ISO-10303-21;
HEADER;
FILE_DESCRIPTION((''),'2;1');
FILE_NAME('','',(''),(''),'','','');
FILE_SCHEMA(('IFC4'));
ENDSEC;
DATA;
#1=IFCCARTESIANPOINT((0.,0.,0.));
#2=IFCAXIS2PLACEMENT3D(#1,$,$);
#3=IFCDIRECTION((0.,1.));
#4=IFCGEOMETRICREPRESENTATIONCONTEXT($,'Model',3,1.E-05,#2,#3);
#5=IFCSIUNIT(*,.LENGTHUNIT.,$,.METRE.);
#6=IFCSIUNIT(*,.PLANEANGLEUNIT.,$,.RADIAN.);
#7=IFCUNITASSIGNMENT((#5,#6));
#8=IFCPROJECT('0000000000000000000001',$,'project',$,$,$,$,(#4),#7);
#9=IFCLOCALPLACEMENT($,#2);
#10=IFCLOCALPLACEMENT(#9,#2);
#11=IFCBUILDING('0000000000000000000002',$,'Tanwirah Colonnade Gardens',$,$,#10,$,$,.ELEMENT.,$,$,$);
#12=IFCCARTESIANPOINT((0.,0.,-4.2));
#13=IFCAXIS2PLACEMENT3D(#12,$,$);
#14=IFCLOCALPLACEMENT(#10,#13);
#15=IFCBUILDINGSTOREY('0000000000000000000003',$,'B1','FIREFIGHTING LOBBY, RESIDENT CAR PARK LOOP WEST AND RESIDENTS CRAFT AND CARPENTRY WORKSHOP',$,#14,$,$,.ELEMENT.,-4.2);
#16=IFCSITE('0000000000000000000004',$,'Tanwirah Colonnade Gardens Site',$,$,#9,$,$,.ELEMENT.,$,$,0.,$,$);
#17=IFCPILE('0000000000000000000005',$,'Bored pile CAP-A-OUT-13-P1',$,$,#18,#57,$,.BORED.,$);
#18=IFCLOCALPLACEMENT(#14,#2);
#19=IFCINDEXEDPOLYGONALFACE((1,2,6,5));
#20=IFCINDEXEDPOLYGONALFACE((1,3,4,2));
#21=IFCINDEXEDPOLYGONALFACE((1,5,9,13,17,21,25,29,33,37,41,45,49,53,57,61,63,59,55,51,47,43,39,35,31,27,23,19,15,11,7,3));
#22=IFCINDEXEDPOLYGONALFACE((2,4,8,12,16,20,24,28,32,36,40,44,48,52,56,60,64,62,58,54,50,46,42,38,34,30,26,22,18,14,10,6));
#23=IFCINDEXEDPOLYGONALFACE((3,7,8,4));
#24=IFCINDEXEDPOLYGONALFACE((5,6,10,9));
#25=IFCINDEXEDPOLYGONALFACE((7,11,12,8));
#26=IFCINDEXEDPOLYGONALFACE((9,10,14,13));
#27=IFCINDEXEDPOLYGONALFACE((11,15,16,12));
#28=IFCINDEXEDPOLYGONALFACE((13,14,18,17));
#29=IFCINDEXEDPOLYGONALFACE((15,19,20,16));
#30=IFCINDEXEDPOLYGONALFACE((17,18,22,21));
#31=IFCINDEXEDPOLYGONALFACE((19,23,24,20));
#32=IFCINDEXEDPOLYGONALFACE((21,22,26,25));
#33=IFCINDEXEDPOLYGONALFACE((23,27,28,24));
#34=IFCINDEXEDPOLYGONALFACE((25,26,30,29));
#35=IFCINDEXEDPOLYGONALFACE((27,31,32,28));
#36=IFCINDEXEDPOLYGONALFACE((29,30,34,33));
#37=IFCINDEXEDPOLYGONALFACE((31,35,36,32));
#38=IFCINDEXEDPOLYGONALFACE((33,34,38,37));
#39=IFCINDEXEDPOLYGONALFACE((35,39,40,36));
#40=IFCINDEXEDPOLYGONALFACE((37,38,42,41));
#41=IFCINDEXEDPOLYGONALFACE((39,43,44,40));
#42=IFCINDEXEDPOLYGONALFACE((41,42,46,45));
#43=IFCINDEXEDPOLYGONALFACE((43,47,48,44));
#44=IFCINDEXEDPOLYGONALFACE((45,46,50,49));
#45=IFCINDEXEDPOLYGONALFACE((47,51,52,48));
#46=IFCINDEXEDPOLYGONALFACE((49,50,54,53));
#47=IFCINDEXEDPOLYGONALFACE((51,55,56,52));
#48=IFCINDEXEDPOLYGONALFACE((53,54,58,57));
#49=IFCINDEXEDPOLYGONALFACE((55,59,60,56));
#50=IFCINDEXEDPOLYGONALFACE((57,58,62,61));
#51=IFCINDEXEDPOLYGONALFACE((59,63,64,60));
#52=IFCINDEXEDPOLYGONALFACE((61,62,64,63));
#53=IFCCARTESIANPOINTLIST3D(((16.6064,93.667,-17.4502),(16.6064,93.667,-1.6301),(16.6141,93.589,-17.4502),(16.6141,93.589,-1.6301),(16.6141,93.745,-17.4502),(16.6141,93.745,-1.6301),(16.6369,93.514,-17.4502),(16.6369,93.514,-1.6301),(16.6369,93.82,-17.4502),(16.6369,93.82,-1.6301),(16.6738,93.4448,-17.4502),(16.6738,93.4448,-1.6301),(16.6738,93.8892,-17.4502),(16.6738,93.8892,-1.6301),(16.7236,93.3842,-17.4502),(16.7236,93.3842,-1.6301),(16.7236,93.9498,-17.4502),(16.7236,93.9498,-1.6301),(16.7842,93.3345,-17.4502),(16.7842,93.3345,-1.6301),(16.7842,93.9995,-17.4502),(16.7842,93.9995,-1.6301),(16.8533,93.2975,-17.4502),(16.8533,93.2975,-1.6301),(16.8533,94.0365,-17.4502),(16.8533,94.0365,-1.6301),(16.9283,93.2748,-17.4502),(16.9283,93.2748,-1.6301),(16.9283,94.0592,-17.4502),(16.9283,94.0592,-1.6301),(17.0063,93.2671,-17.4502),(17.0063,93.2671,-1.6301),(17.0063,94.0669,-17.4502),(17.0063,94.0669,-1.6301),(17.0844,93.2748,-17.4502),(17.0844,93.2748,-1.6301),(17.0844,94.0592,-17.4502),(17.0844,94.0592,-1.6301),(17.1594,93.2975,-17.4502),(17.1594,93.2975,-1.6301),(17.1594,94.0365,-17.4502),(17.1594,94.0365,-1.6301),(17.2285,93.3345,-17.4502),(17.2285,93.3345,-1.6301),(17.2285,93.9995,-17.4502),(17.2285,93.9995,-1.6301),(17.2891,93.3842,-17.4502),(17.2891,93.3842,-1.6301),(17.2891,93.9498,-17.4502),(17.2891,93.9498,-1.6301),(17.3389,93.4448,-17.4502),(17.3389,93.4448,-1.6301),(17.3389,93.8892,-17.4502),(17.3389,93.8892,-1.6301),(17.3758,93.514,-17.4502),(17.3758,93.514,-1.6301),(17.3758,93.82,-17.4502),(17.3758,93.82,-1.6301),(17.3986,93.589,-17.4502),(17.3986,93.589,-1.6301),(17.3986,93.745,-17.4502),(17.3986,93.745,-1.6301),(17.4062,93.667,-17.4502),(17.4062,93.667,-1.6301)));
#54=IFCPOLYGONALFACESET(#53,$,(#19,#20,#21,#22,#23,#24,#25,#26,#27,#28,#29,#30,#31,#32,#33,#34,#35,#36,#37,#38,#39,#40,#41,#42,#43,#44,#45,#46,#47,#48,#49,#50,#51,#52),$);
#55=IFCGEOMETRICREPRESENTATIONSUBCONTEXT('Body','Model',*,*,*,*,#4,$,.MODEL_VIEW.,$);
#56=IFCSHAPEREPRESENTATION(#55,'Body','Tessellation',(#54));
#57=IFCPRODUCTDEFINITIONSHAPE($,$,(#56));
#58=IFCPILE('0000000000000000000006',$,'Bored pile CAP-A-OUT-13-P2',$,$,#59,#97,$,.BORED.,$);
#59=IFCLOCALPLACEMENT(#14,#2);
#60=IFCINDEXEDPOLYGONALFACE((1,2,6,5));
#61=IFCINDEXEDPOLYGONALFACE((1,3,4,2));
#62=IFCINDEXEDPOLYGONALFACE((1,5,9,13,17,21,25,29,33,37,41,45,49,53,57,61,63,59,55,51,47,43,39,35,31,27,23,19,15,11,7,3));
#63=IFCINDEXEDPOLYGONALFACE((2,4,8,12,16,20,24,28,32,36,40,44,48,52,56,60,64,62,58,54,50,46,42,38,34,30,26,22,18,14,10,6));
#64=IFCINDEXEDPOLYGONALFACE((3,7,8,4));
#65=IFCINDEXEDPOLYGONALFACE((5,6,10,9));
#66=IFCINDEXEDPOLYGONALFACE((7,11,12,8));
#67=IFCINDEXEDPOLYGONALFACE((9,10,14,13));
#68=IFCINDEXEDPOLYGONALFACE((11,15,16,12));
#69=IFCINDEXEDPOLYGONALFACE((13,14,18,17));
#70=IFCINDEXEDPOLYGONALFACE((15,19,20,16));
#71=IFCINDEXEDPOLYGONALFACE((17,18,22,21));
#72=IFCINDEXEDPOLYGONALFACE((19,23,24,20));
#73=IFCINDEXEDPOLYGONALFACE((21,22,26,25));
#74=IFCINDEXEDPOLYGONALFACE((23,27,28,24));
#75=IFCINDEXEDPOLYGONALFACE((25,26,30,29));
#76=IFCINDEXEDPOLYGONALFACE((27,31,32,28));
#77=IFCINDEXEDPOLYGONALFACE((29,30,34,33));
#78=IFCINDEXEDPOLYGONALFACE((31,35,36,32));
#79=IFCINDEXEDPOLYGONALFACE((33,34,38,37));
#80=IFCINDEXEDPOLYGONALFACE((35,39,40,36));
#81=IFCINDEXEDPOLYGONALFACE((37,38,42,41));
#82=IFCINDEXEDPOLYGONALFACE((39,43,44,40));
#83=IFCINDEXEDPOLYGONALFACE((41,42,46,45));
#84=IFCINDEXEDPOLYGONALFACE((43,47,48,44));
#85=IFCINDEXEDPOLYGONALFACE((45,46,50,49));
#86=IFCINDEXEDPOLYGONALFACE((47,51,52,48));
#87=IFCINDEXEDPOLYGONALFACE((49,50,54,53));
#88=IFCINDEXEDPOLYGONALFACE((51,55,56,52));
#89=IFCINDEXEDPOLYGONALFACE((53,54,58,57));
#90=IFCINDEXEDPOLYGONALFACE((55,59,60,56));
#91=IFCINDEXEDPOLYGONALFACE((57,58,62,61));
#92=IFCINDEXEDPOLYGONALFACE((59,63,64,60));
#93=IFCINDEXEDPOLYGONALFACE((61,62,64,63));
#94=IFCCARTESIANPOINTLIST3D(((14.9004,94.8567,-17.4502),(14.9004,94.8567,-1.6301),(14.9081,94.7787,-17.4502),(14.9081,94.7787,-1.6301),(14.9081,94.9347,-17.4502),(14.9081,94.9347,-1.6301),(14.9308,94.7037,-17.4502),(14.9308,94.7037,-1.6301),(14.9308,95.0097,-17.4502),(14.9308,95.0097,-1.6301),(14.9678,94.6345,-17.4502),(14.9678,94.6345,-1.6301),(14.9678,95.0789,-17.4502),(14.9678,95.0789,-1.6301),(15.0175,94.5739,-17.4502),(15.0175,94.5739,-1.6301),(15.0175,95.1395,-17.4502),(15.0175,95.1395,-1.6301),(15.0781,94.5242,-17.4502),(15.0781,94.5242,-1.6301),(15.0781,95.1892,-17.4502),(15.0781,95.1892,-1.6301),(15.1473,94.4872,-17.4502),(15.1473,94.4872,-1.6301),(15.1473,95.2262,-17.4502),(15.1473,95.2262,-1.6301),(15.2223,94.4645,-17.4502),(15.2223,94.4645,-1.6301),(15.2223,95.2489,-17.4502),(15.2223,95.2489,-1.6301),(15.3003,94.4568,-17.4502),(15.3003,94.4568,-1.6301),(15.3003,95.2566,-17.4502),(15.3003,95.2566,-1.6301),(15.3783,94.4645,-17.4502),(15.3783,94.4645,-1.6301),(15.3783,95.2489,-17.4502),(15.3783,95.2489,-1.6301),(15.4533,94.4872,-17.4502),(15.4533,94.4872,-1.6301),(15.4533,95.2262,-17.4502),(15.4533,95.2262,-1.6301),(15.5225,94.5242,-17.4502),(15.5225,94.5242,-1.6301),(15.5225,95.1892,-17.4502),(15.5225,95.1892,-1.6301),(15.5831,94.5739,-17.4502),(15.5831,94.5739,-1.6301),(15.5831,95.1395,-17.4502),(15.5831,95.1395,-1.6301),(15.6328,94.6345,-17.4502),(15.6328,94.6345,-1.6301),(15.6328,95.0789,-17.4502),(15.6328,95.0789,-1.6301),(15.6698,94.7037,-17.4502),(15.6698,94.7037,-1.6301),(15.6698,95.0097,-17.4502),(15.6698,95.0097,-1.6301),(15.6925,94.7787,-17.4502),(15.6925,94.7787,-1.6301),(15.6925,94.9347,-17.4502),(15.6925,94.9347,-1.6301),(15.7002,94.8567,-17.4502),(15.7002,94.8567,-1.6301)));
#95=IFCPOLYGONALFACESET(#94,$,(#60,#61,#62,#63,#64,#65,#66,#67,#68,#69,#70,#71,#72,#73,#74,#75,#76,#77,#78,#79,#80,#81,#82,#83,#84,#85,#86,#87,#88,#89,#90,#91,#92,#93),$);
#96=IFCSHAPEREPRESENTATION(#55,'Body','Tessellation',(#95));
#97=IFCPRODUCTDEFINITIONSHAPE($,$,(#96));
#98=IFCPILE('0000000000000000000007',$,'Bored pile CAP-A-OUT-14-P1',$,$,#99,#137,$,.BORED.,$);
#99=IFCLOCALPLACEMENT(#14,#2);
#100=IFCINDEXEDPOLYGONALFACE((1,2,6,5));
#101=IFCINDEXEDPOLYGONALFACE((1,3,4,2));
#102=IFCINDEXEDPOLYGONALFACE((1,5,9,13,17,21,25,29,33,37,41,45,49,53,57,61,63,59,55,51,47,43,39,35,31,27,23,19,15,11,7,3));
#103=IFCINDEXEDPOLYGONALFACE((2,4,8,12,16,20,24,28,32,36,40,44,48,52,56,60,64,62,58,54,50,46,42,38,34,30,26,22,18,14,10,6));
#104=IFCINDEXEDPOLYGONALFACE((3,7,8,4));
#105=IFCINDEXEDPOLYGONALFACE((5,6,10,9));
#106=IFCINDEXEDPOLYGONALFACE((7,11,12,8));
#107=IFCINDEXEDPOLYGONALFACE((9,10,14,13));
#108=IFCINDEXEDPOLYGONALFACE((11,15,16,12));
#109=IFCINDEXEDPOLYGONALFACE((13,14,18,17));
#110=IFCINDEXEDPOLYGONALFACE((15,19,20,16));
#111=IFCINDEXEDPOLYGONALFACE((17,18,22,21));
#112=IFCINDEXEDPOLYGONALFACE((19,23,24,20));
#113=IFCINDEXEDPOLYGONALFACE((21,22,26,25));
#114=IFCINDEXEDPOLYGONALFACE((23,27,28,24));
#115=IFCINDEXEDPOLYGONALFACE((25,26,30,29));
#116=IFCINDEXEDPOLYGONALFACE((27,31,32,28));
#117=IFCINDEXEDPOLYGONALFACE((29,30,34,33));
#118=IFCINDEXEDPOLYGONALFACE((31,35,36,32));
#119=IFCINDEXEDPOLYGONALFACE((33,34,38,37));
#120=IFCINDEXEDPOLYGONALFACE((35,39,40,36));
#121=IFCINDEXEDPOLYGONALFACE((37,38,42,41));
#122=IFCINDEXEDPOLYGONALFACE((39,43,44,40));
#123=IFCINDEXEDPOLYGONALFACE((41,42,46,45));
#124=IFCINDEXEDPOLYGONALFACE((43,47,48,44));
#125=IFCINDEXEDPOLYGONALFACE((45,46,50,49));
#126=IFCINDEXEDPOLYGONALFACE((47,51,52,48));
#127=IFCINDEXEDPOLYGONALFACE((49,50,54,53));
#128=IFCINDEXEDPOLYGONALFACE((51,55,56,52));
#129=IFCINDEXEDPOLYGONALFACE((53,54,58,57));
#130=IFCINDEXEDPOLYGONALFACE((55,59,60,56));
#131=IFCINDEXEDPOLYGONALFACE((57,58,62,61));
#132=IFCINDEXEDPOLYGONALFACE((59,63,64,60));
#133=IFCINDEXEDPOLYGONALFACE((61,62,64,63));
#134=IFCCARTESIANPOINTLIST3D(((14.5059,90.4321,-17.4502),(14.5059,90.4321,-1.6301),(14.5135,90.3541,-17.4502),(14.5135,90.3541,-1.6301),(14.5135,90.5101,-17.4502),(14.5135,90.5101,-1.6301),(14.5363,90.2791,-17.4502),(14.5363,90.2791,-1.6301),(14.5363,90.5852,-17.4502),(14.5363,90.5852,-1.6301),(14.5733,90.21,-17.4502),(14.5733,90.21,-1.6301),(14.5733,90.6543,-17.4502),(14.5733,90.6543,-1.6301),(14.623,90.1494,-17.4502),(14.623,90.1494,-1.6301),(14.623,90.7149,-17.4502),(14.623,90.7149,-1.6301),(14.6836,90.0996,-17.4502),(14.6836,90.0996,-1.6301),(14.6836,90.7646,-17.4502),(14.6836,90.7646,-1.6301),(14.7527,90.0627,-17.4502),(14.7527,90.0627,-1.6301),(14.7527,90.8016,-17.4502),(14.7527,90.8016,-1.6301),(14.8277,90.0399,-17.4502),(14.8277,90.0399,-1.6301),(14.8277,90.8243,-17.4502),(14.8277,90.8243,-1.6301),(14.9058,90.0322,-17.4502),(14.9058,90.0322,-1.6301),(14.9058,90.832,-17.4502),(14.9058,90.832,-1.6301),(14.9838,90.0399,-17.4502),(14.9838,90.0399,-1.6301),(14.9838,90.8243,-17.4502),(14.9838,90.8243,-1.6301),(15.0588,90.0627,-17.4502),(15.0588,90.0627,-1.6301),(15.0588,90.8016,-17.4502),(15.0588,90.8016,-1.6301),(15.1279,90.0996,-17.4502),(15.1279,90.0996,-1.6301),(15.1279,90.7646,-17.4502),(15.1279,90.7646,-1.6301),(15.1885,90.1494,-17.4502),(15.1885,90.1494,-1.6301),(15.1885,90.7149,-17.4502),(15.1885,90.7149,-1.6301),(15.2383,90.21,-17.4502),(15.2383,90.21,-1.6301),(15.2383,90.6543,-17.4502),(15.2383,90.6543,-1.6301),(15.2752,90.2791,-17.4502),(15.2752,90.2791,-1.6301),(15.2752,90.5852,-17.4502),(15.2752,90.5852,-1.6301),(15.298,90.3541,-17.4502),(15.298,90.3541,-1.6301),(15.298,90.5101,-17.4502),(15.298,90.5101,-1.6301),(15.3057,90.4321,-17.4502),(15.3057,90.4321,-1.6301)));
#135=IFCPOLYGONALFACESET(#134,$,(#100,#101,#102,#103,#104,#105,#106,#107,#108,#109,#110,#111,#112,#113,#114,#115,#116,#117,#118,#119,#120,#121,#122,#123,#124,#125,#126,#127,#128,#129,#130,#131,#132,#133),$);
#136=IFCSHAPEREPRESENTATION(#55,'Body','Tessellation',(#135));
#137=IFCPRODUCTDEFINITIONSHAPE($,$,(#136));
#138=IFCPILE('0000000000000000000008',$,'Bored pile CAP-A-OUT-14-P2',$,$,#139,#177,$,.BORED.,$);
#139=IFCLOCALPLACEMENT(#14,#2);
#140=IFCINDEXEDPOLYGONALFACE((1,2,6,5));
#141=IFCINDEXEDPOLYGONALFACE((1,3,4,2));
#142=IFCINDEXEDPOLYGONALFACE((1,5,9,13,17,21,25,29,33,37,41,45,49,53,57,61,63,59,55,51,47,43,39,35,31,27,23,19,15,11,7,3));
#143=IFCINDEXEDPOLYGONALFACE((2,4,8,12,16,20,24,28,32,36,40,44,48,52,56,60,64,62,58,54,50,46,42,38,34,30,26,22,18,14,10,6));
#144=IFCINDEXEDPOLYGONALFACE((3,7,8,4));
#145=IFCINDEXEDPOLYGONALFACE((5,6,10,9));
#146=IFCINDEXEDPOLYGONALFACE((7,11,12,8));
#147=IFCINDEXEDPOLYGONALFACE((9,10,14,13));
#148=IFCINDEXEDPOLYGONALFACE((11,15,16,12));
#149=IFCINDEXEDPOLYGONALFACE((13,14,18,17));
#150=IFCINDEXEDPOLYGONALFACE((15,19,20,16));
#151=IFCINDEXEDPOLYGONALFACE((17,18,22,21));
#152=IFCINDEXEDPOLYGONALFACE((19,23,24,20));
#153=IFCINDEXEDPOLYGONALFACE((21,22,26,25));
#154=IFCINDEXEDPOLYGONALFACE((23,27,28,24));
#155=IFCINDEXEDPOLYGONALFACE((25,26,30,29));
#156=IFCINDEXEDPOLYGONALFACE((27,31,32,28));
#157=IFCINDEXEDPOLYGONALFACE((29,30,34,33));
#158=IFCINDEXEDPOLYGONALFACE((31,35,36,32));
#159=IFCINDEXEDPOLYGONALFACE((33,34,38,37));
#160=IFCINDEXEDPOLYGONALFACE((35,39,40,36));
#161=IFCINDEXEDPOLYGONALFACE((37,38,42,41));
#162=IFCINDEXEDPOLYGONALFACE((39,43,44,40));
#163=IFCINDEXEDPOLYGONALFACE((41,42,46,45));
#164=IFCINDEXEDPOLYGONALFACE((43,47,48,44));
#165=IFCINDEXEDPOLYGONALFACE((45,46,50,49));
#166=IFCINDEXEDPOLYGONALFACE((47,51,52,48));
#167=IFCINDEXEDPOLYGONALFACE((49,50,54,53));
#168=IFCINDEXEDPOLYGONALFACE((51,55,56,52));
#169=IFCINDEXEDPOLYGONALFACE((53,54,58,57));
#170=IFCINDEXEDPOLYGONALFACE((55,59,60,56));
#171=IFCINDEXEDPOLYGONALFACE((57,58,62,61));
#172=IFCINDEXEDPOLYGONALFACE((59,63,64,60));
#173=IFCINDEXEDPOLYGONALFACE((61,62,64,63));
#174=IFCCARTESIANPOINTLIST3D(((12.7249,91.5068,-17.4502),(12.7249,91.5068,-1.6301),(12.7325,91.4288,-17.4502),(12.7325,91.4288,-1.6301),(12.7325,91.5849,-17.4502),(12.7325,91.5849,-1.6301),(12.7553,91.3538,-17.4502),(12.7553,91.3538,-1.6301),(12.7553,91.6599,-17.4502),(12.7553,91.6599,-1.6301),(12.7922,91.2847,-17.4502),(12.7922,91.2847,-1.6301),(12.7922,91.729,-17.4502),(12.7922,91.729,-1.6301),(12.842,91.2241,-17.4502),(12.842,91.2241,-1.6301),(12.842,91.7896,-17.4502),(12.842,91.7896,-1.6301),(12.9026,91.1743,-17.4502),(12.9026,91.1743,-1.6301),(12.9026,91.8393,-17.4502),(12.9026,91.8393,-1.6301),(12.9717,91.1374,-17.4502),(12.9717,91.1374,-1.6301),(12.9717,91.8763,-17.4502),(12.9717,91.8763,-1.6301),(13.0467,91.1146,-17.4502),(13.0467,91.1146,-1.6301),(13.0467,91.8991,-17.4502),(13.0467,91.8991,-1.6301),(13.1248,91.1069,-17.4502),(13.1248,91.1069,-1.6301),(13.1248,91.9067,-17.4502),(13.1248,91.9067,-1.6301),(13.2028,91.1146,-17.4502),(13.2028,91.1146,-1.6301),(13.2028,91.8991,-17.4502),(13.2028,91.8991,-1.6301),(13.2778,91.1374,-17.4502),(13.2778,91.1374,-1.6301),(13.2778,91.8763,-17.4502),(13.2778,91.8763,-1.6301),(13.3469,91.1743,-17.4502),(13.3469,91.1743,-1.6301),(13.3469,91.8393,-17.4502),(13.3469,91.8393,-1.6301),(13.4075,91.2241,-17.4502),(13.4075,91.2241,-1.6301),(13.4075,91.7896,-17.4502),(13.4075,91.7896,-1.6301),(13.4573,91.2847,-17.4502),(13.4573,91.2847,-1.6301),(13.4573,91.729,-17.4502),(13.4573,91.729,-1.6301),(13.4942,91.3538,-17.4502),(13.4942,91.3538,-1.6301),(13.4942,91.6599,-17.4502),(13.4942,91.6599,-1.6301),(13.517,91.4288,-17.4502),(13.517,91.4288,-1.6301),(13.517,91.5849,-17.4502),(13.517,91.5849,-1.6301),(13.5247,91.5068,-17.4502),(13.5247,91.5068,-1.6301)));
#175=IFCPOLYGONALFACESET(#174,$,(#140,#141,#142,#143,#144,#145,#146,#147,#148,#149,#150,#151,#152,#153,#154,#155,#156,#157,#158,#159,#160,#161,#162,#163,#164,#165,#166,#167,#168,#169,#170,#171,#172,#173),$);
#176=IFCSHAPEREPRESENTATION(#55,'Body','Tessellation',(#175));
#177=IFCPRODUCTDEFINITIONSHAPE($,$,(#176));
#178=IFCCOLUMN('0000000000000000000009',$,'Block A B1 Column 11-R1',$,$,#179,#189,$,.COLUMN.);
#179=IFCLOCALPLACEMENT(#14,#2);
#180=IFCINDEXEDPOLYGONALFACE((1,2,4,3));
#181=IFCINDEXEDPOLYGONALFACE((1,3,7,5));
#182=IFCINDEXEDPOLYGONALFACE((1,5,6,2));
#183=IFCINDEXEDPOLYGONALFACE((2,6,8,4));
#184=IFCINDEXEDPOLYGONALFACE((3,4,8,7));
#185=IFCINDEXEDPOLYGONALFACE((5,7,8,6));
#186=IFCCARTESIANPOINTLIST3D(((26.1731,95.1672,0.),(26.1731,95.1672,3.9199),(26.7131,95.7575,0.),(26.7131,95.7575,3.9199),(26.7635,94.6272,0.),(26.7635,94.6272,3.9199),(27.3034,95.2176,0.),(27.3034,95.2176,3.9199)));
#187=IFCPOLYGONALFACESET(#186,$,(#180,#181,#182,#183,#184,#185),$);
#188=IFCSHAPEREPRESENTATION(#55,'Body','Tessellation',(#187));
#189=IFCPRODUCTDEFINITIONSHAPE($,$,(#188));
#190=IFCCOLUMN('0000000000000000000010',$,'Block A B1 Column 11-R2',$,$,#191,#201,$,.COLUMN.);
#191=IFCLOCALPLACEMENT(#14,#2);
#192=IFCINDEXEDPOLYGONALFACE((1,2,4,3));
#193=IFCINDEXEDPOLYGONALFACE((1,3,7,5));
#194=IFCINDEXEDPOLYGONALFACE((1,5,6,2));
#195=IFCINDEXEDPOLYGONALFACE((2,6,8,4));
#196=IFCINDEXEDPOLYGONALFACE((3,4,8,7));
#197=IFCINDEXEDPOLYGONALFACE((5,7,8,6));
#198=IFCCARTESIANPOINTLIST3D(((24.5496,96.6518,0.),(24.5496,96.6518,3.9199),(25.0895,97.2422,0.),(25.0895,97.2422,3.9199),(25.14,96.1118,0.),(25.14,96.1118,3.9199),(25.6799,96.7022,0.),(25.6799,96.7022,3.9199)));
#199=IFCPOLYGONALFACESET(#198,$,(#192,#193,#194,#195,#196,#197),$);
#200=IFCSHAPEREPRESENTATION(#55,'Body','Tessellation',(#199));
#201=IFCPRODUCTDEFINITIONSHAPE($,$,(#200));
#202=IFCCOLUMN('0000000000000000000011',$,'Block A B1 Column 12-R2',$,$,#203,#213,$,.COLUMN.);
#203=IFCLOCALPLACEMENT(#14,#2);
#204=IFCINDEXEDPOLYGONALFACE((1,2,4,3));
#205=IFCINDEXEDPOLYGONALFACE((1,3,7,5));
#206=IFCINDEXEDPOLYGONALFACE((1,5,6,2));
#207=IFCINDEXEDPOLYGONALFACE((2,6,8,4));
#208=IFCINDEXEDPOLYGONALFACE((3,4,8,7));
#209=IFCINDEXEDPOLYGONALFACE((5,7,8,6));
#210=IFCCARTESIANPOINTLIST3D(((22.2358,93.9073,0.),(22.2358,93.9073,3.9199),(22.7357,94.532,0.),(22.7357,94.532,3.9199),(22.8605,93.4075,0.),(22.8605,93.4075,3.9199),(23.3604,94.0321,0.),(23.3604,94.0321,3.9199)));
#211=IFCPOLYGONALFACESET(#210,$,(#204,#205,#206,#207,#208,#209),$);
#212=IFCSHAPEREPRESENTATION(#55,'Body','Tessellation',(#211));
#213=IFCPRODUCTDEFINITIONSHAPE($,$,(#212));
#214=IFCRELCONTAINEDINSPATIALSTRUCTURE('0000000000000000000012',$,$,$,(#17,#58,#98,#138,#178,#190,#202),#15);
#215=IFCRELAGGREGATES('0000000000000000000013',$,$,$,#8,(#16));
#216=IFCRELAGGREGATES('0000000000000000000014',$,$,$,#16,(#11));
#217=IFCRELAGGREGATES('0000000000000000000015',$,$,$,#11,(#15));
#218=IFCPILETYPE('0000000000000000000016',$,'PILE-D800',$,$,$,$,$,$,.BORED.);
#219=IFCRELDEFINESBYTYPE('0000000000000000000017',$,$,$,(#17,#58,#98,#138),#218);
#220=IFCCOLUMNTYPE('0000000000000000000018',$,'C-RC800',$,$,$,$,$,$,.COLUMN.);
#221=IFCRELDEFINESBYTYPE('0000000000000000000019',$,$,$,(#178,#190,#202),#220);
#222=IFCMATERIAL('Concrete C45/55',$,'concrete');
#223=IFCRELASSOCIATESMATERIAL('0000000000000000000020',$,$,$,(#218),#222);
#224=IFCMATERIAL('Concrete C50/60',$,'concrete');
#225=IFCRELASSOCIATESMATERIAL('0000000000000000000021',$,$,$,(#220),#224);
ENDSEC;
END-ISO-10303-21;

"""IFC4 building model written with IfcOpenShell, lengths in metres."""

from ifc_helpers import new_model, si_unit, direction, frame, origin, origin_2d, place, context, subcontext, project, spatial, rectangle, circle, extrude, material, material_profile, profile_set, type_object, element, save


model = new_model("IFC4")

# Units and contexts
model_context = context("Model", 3, precision=1e-05, world=origin(), true_north=direction((0.0, 1.0)))
body_context = subcontext(model_context, "Body", "Model", "MODEL_VIEW")
ifc_project = project(units=[si_unit("LENGTHUNIT", "METRE"), si_unit("PLANEANGLEUNIT", "RADIAN")], contexts=[model_context])

# Site, building, storey
site_placement = place(None, origin())
site = spatial("IfcSite", under=ifc_project, at=site_placement, Name="Tanwirah Colonnade Gardens Site", CompositionType="ELEMENT", RefElevation=0.0)
building_placement = place(site_placement, origin())
building = spatial("IfcBuilding", under=site, at=building_placement, Name="Tanwirah Colonnade Gardens", CompositionType="ELEMENT")
storey_placement = place(building_placement, frame((0.0, 0.0, -4.2)))
storey = spatial("IfcBuildingStorey", under=building, at=storey_placement, Name="B1", Description="FIREFIGHTING LOBBY, RESIDENT CAR PARK LOOP WEST AND RESIDENTS CRAFT AND CARPENTRY WORKSHOP", CompositionType="ELEMENT", Elevation=-4.2)

# Shared definitions
ifc_material_1 = material(Name="Concrete C45/55", Category="concrete")

# Piles
ifc_material_profile_1 = material_profile(ifc_material_1, circle(Radius=0.3999, at=origin_2d()), Name="PILE D800")
ifc_profile_set_1 = profile_set([ifc_material_profile_1], Name="Concrete C45/55")
pile_type_1 = type_object("IfcPileType", Name="PILE-D800", PredefinedType="BORED", material=ifc_profile_set_1)
for number, where, z_axis, x_axis, name in (
    (1, (17.0063, 93.667, -1.6301), (0.0, 0.0, -1.0), (1.0, 0.0, 0.0), "Bored pile CAP-A-OUT-13-P1"),
    (2, (15.3003, 94.8567, -1.6301), (0.0, 0.0, -1.0), (1.0, 0.0, 0.0), "Bored pile CAP-A-OUT-13-P2"),
    (3, (14.9058, 90.4321, -1.6301), (0.0, 0.0, -1.0), (1.0, 0.0, 0.0), "Bored pile CAP-A-OUT-14-P1"),
    (4, (13.1248, 91.5068, -1.6301), (0.0, 0.0, -1.0), (1.0, 0.0, 0.0), "Bored pile CAP-A-OUT-14-P2"),
):
    element("IfcPile", number, at=place(storey_placement, frame(where, z_axis=z_axis, x_axis=x_axis)), inside=storey, type_object=pile_type_1, Name=name, PredefinedType="BORED", context=body_context, shape_type="SweptSolid", body=[
        extrude(circle(Radius=0.3999, at=origin_2d()), origin(), (0.0, 0.0, 1.0), 15.8201),
    ])

# Columns
ifc_material_2 = material(Name="Concrete C50/60", Category="concrete")
ifc_material_profile_2 = material_profile(ifc_material_2, rectangle(XDim=0.8, YDim=0.8, at=origin_2d()), Name="RC-COL 800x800")
ifc_profile_set_2 = profile_set([ifc_material_profile_2], Name="Concrete C50/60")
column_type = type_object("IfcColumnType", Name="C-RC800", PredefinedType="COLUMN", material=ifc_profile_set_2)
for number, where, z_axis, x_axis, name in (
    (5, (26.7383, 95.1924, 0.0), (0.0, 0.0, 1.0), (-0.737932, 0.674875, 0.0), "Block A B1 Column 11-R1"),
    (6, (25.1147, 96.677, 0.0), (0.0, 0.0, 1.0), (-0.737932, 0.674875, 0.0), "Block A B1 Column 11-R2"),
    (7, (22.7981, 93.9697, 0.0), (0.0, 0.0, 1.0), (-0.780794, 0.624788, 0.0), "Block A B1 Column 12-R2"),
):
    element("IfcColumn", number, at=place(storey_placement, frame(where, z_axis=z_axis, x_axis=x_axis)), inside=storey, type_object=column_type, Name=name, PredefinedType="COLUMN", context=body_context, shape_type="SweptSolid", body=[
        extrude(rectangle(XDim=0.8, YDim=0.8, at=origin_2d()), origin(), (0.0, 0.0, 1.0), 3.9199),
    ])

save(model, "model.ifc")
